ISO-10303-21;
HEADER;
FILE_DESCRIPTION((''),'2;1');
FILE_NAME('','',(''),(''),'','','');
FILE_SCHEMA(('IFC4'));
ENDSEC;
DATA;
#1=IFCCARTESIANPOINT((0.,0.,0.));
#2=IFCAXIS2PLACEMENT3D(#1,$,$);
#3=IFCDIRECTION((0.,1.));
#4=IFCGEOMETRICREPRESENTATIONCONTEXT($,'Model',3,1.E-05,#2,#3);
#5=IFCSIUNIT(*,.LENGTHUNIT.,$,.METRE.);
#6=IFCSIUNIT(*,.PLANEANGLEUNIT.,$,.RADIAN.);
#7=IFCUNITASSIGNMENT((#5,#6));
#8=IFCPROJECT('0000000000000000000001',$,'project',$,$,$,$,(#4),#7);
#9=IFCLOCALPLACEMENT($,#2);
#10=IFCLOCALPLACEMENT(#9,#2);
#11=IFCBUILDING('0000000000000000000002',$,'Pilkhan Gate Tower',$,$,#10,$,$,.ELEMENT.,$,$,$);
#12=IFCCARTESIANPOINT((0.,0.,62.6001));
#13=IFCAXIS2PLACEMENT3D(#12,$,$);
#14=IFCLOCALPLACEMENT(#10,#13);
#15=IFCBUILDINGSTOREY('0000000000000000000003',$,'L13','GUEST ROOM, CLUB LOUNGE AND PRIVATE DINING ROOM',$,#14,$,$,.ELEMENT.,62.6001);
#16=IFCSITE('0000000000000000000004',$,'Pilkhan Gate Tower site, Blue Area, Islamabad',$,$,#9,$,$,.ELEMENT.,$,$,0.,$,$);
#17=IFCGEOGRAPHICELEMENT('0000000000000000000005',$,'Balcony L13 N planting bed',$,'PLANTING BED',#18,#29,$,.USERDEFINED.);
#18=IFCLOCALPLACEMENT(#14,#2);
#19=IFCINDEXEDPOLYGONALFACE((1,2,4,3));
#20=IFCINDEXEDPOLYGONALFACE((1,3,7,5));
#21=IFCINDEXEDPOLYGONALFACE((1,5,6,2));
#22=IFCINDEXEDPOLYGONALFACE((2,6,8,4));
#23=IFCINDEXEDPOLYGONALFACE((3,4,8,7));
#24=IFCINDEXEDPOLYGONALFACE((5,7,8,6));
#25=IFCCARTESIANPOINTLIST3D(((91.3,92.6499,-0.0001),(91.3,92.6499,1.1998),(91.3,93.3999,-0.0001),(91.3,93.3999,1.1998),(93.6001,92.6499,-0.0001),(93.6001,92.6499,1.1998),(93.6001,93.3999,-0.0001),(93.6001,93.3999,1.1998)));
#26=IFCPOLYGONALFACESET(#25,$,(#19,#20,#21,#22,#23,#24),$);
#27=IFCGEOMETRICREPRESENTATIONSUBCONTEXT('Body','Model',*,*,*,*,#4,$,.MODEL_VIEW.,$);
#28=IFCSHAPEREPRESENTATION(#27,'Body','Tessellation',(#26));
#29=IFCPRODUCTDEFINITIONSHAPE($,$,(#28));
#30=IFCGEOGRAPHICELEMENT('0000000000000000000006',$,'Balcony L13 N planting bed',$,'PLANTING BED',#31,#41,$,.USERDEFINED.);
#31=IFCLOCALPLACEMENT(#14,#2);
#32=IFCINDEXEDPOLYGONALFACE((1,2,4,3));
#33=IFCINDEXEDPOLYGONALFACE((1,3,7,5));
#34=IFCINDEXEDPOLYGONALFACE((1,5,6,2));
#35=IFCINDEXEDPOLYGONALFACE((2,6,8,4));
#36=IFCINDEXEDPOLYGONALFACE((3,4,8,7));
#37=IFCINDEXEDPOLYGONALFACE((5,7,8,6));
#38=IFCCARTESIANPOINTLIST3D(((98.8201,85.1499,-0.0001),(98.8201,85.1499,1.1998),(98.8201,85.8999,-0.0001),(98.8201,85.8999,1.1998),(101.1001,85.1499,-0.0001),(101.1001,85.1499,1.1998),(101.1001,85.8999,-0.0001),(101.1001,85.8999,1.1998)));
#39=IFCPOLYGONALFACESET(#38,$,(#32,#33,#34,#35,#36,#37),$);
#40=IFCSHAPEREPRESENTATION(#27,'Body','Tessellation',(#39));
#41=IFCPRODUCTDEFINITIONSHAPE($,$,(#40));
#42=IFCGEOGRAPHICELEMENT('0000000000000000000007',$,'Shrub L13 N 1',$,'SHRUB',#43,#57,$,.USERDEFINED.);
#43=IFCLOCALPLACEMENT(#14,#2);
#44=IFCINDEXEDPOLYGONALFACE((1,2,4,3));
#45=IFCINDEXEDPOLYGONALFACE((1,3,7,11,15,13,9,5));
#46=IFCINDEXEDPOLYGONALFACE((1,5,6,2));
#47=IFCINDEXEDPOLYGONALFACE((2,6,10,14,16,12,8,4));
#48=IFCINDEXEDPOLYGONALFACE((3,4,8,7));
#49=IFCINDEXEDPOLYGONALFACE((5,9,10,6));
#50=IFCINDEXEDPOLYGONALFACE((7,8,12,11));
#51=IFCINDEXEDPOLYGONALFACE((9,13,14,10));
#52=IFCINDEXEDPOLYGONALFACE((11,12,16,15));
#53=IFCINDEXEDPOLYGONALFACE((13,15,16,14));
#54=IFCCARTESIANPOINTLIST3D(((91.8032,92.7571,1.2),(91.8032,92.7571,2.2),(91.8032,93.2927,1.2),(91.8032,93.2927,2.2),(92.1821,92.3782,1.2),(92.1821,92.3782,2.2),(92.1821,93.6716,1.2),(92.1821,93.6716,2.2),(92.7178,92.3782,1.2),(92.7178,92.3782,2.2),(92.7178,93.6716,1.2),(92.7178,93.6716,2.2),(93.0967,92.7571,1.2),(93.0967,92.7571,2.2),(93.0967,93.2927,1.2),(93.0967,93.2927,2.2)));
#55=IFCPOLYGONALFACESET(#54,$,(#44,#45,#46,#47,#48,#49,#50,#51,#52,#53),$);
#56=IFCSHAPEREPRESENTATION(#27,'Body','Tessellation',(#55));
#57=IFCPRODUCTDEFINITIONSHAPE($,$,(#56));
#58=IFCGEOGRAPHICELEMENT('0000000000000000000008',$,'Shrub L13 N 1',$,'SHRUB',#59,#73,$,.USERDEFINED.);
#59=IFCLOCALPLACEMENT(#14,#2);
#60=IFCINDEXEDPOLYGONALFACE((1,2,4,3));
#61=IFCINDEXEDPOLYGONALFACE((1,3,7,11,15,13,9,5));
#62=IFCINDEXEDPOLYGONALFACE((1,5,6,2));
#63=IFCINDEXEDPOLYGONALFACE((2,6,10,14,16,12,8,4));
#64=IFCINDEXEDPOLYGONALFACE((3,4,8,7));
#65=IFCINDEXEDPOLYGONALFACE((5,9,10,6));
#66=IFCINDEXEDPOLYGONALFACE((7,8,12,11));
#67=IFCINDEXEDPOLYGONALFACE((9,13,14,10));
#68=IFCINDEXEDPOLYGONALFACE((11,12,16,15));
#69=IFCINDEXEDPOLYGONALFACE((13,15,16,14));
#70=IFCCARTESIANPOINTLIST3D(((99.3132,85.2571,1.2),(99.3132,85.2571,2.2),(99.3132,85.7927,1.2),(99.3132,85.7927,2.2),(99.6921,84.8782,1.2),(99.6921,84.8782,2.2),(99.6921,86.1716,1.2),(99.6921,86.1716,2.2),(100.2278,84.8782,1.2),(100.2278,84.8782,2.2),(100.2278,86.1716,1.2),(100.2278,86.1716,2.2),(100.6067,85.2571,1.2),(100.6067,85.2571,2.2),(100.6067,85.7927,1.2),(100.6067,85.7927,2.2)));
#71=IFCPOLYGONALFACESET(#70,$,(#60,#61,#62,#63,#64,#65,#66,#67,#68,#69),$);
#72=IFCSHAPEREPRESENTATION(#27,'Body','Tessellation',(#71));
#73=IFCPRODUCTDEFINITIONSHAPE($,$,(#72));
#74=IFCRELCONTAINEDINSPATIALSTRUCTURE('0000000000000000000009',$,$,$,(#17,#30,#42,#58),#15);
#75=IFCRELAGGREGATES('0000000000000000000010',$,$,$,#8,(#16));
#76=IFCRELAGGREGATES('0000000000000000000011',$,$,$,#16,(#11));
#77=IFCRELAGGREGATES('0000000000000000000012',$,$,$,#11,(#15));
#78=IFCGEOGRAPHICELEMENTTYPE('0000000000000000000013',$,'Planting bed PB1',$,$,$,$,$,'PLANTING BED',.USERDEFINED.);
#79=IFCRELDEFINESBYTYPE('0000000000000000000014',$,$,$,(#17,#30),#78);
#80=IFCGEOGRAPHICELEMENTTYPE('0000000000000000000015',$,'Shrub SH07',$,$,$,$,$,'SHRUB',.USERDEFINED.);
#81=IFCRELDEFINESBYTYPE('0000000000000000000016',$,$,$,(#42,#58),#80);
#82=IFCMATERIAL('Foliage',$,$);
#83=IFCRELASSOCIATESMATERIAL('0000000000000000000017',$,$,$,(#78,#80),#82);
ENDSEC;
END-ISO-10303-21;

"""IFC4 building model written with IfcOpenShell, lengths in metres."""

from ifc_helpers import new_model, si_unit, direction, frame, origin, origin_2d, place, context, subcontext, project, spatial, polyline, rectangle, outline, extrude, material, material_profile, profile_set, type_object, element, save


model = new_model("IFC4")

# Units and contexts
model_context = context("Model", 3, precision=1e-05, world=origin(), true_north=direction((0.0, 1.0)))
body_context = subcontext(model_context, "Body", "Model", "MODEL_VIEW")
ifc_project = project(units=[si_unit("LENGTHUNIT", "METRE"), si_unit("PLANEANGLEUNIT", "RADIAN")], contexts=[model_context])

# Site, building, storey
site_placement = place(None, origin())
site = spatial("IfcSite", under=ifc_project, at=site_placement, Name="Pilkhan Gate Tower site, Blue Area, Islamabad", CompositionType="ELEMENT", RefElevation=0.0)
building_placement = place(site_placement, origin())
building = spatial("IfcBuilding", under=site, at=building_placement, Name="Pilkhan Gate Tower", CompositionType="ELEMENT")
storey_placement = place(building_placement, frame((0.0, 0.0, 62.6001)))
storey = spatial("IfcBuildingStorey", under=building, at=storey_placement, Name="L13", Description="GUEST ROOM, CLUB LOUNGE AND PRIVATE DINING ROOM", CompositionType="ELEMENT", Elevation=62.6001)

# Geographic elements
ifc_material_1 = material(Name="Foliage")
ifc_material_profile_1 = material_profile(ifc_material_1, rectangle(XDim=0.75, YDim=1.2, at=origin_2d()), Name="Bed 750x1200")
ifc_profile_set_1 = profile_set([ifc_material_profile_1], Name="Foliage")
geographic_element_type_1 = type_object("IfcGeographicElementType", Name="Planting bed PB1", ElementType="PLANTING BED", PredefinedType="USERDEFINED", material=ifc_profile_set_1)
geographic_element_1_placement = place(storey_placement, frame((91.3, 93.0249, 0.5999), z_axis=(1.0, 0.0, 0.0), x_axis=(0.0, 1.0, 0.0)))
element("IfcGeographicElement", 1, at=geographic_element_1_placement, inside=storey, type_object=geographic_element_type_1, Name="Balcony L13 N planting bed", ObjectType="PLANTING BED", PredefinedType="USERDEFINED", context=body_context, shape_type="SweptSolid", body=[
    extrude(rectangle(XDim=0.75, YDim=1.2, at=origin_2d()), origin(), (0.0, 0.0, 1.0), 2.3),
])
geographic_element_2_placement = place(storey_placement, frame((98.8201, 85.5249, 0.5999), z_axis=(1.0, 0.0, 0.0), x_axis=(0.0, 1.0, 0.0)))
element("IfcGeographicElement", 2, at=geographic_element_2_placement, inside=storey, type_object=geographic_element_type_1, Name="Balcony L13 N planting bed", ObjectType="PLANTING BED", PredefinedType="USERDEFINED", context=body_context, shape_type="SweptSolid", body=[
    extrude(rectangle(XDim=0.75, YDim=1.2, at=origin_2d()), origin(), (0.0, 0.0, 1.0), 2.28),
])
ifc_material_profile_2 = material_profile(ifc_material_1, outline(polyline([(0.6467, 0.2678), (0.2678, 0.6467), (-0.2678, 0.6467), (-0.6467, 0.2678), (-0.6467, -0.2678), (-0.2678, -0.6467), (0.2678, -0.6467), (0.6467, -0.2678), (0.6467, 0.2678)])), Name="Shrub D1.4")
ifc_profile_set_2 = profile_set([ifc_material_profile_2], Name="Foliage")
geographic_element_type_2 = type_object("IfcGeographicElementType", Name="Shrub SH07", ElementType="SHRUB", PredefinedType="USERDEFINED", material=ifc_profile_set_2)
for number, where, z_axis, x_axis, name in (
    (3, (92.45, 93.0249, 1.2), (0.0, 0.0, 1.0), (1.0, 0.0, 0.0), "Shrub L13 N 1"),
    (4, (99.96, 85.5249, 1.2), (0.0, 0.0, 1.0), (1.0, 0.0, 0.0), "Shrub L13 N 1"),
):
    element("IfcGeographicElement", number, at=place(storey_placement, frame(where, z_axis=z_axis, x_axis=x_axis)), inside=storey, type_object=geographic_element_type_2, Name=name, ObjectType="SHRUB", PredefinedType="USERDEFINED", context=body_context, shape_type="SweptSolid", body=[
        extrude(outline(polyline([(0.6467, 0.2678), (0.2678, 0.6467), (-0.2678, 0.6467), (-0.6467, 0.2678), (-0.6467, -0.2678), (-0.2678, -0.6467), (0.2678, -0.6467), (0.6467, -0.2678), (0.6467, 0.2678)])), origin(), (0.0, 0.0, 1.0), 1.0),
    ])

save(model, "model.ifc")
